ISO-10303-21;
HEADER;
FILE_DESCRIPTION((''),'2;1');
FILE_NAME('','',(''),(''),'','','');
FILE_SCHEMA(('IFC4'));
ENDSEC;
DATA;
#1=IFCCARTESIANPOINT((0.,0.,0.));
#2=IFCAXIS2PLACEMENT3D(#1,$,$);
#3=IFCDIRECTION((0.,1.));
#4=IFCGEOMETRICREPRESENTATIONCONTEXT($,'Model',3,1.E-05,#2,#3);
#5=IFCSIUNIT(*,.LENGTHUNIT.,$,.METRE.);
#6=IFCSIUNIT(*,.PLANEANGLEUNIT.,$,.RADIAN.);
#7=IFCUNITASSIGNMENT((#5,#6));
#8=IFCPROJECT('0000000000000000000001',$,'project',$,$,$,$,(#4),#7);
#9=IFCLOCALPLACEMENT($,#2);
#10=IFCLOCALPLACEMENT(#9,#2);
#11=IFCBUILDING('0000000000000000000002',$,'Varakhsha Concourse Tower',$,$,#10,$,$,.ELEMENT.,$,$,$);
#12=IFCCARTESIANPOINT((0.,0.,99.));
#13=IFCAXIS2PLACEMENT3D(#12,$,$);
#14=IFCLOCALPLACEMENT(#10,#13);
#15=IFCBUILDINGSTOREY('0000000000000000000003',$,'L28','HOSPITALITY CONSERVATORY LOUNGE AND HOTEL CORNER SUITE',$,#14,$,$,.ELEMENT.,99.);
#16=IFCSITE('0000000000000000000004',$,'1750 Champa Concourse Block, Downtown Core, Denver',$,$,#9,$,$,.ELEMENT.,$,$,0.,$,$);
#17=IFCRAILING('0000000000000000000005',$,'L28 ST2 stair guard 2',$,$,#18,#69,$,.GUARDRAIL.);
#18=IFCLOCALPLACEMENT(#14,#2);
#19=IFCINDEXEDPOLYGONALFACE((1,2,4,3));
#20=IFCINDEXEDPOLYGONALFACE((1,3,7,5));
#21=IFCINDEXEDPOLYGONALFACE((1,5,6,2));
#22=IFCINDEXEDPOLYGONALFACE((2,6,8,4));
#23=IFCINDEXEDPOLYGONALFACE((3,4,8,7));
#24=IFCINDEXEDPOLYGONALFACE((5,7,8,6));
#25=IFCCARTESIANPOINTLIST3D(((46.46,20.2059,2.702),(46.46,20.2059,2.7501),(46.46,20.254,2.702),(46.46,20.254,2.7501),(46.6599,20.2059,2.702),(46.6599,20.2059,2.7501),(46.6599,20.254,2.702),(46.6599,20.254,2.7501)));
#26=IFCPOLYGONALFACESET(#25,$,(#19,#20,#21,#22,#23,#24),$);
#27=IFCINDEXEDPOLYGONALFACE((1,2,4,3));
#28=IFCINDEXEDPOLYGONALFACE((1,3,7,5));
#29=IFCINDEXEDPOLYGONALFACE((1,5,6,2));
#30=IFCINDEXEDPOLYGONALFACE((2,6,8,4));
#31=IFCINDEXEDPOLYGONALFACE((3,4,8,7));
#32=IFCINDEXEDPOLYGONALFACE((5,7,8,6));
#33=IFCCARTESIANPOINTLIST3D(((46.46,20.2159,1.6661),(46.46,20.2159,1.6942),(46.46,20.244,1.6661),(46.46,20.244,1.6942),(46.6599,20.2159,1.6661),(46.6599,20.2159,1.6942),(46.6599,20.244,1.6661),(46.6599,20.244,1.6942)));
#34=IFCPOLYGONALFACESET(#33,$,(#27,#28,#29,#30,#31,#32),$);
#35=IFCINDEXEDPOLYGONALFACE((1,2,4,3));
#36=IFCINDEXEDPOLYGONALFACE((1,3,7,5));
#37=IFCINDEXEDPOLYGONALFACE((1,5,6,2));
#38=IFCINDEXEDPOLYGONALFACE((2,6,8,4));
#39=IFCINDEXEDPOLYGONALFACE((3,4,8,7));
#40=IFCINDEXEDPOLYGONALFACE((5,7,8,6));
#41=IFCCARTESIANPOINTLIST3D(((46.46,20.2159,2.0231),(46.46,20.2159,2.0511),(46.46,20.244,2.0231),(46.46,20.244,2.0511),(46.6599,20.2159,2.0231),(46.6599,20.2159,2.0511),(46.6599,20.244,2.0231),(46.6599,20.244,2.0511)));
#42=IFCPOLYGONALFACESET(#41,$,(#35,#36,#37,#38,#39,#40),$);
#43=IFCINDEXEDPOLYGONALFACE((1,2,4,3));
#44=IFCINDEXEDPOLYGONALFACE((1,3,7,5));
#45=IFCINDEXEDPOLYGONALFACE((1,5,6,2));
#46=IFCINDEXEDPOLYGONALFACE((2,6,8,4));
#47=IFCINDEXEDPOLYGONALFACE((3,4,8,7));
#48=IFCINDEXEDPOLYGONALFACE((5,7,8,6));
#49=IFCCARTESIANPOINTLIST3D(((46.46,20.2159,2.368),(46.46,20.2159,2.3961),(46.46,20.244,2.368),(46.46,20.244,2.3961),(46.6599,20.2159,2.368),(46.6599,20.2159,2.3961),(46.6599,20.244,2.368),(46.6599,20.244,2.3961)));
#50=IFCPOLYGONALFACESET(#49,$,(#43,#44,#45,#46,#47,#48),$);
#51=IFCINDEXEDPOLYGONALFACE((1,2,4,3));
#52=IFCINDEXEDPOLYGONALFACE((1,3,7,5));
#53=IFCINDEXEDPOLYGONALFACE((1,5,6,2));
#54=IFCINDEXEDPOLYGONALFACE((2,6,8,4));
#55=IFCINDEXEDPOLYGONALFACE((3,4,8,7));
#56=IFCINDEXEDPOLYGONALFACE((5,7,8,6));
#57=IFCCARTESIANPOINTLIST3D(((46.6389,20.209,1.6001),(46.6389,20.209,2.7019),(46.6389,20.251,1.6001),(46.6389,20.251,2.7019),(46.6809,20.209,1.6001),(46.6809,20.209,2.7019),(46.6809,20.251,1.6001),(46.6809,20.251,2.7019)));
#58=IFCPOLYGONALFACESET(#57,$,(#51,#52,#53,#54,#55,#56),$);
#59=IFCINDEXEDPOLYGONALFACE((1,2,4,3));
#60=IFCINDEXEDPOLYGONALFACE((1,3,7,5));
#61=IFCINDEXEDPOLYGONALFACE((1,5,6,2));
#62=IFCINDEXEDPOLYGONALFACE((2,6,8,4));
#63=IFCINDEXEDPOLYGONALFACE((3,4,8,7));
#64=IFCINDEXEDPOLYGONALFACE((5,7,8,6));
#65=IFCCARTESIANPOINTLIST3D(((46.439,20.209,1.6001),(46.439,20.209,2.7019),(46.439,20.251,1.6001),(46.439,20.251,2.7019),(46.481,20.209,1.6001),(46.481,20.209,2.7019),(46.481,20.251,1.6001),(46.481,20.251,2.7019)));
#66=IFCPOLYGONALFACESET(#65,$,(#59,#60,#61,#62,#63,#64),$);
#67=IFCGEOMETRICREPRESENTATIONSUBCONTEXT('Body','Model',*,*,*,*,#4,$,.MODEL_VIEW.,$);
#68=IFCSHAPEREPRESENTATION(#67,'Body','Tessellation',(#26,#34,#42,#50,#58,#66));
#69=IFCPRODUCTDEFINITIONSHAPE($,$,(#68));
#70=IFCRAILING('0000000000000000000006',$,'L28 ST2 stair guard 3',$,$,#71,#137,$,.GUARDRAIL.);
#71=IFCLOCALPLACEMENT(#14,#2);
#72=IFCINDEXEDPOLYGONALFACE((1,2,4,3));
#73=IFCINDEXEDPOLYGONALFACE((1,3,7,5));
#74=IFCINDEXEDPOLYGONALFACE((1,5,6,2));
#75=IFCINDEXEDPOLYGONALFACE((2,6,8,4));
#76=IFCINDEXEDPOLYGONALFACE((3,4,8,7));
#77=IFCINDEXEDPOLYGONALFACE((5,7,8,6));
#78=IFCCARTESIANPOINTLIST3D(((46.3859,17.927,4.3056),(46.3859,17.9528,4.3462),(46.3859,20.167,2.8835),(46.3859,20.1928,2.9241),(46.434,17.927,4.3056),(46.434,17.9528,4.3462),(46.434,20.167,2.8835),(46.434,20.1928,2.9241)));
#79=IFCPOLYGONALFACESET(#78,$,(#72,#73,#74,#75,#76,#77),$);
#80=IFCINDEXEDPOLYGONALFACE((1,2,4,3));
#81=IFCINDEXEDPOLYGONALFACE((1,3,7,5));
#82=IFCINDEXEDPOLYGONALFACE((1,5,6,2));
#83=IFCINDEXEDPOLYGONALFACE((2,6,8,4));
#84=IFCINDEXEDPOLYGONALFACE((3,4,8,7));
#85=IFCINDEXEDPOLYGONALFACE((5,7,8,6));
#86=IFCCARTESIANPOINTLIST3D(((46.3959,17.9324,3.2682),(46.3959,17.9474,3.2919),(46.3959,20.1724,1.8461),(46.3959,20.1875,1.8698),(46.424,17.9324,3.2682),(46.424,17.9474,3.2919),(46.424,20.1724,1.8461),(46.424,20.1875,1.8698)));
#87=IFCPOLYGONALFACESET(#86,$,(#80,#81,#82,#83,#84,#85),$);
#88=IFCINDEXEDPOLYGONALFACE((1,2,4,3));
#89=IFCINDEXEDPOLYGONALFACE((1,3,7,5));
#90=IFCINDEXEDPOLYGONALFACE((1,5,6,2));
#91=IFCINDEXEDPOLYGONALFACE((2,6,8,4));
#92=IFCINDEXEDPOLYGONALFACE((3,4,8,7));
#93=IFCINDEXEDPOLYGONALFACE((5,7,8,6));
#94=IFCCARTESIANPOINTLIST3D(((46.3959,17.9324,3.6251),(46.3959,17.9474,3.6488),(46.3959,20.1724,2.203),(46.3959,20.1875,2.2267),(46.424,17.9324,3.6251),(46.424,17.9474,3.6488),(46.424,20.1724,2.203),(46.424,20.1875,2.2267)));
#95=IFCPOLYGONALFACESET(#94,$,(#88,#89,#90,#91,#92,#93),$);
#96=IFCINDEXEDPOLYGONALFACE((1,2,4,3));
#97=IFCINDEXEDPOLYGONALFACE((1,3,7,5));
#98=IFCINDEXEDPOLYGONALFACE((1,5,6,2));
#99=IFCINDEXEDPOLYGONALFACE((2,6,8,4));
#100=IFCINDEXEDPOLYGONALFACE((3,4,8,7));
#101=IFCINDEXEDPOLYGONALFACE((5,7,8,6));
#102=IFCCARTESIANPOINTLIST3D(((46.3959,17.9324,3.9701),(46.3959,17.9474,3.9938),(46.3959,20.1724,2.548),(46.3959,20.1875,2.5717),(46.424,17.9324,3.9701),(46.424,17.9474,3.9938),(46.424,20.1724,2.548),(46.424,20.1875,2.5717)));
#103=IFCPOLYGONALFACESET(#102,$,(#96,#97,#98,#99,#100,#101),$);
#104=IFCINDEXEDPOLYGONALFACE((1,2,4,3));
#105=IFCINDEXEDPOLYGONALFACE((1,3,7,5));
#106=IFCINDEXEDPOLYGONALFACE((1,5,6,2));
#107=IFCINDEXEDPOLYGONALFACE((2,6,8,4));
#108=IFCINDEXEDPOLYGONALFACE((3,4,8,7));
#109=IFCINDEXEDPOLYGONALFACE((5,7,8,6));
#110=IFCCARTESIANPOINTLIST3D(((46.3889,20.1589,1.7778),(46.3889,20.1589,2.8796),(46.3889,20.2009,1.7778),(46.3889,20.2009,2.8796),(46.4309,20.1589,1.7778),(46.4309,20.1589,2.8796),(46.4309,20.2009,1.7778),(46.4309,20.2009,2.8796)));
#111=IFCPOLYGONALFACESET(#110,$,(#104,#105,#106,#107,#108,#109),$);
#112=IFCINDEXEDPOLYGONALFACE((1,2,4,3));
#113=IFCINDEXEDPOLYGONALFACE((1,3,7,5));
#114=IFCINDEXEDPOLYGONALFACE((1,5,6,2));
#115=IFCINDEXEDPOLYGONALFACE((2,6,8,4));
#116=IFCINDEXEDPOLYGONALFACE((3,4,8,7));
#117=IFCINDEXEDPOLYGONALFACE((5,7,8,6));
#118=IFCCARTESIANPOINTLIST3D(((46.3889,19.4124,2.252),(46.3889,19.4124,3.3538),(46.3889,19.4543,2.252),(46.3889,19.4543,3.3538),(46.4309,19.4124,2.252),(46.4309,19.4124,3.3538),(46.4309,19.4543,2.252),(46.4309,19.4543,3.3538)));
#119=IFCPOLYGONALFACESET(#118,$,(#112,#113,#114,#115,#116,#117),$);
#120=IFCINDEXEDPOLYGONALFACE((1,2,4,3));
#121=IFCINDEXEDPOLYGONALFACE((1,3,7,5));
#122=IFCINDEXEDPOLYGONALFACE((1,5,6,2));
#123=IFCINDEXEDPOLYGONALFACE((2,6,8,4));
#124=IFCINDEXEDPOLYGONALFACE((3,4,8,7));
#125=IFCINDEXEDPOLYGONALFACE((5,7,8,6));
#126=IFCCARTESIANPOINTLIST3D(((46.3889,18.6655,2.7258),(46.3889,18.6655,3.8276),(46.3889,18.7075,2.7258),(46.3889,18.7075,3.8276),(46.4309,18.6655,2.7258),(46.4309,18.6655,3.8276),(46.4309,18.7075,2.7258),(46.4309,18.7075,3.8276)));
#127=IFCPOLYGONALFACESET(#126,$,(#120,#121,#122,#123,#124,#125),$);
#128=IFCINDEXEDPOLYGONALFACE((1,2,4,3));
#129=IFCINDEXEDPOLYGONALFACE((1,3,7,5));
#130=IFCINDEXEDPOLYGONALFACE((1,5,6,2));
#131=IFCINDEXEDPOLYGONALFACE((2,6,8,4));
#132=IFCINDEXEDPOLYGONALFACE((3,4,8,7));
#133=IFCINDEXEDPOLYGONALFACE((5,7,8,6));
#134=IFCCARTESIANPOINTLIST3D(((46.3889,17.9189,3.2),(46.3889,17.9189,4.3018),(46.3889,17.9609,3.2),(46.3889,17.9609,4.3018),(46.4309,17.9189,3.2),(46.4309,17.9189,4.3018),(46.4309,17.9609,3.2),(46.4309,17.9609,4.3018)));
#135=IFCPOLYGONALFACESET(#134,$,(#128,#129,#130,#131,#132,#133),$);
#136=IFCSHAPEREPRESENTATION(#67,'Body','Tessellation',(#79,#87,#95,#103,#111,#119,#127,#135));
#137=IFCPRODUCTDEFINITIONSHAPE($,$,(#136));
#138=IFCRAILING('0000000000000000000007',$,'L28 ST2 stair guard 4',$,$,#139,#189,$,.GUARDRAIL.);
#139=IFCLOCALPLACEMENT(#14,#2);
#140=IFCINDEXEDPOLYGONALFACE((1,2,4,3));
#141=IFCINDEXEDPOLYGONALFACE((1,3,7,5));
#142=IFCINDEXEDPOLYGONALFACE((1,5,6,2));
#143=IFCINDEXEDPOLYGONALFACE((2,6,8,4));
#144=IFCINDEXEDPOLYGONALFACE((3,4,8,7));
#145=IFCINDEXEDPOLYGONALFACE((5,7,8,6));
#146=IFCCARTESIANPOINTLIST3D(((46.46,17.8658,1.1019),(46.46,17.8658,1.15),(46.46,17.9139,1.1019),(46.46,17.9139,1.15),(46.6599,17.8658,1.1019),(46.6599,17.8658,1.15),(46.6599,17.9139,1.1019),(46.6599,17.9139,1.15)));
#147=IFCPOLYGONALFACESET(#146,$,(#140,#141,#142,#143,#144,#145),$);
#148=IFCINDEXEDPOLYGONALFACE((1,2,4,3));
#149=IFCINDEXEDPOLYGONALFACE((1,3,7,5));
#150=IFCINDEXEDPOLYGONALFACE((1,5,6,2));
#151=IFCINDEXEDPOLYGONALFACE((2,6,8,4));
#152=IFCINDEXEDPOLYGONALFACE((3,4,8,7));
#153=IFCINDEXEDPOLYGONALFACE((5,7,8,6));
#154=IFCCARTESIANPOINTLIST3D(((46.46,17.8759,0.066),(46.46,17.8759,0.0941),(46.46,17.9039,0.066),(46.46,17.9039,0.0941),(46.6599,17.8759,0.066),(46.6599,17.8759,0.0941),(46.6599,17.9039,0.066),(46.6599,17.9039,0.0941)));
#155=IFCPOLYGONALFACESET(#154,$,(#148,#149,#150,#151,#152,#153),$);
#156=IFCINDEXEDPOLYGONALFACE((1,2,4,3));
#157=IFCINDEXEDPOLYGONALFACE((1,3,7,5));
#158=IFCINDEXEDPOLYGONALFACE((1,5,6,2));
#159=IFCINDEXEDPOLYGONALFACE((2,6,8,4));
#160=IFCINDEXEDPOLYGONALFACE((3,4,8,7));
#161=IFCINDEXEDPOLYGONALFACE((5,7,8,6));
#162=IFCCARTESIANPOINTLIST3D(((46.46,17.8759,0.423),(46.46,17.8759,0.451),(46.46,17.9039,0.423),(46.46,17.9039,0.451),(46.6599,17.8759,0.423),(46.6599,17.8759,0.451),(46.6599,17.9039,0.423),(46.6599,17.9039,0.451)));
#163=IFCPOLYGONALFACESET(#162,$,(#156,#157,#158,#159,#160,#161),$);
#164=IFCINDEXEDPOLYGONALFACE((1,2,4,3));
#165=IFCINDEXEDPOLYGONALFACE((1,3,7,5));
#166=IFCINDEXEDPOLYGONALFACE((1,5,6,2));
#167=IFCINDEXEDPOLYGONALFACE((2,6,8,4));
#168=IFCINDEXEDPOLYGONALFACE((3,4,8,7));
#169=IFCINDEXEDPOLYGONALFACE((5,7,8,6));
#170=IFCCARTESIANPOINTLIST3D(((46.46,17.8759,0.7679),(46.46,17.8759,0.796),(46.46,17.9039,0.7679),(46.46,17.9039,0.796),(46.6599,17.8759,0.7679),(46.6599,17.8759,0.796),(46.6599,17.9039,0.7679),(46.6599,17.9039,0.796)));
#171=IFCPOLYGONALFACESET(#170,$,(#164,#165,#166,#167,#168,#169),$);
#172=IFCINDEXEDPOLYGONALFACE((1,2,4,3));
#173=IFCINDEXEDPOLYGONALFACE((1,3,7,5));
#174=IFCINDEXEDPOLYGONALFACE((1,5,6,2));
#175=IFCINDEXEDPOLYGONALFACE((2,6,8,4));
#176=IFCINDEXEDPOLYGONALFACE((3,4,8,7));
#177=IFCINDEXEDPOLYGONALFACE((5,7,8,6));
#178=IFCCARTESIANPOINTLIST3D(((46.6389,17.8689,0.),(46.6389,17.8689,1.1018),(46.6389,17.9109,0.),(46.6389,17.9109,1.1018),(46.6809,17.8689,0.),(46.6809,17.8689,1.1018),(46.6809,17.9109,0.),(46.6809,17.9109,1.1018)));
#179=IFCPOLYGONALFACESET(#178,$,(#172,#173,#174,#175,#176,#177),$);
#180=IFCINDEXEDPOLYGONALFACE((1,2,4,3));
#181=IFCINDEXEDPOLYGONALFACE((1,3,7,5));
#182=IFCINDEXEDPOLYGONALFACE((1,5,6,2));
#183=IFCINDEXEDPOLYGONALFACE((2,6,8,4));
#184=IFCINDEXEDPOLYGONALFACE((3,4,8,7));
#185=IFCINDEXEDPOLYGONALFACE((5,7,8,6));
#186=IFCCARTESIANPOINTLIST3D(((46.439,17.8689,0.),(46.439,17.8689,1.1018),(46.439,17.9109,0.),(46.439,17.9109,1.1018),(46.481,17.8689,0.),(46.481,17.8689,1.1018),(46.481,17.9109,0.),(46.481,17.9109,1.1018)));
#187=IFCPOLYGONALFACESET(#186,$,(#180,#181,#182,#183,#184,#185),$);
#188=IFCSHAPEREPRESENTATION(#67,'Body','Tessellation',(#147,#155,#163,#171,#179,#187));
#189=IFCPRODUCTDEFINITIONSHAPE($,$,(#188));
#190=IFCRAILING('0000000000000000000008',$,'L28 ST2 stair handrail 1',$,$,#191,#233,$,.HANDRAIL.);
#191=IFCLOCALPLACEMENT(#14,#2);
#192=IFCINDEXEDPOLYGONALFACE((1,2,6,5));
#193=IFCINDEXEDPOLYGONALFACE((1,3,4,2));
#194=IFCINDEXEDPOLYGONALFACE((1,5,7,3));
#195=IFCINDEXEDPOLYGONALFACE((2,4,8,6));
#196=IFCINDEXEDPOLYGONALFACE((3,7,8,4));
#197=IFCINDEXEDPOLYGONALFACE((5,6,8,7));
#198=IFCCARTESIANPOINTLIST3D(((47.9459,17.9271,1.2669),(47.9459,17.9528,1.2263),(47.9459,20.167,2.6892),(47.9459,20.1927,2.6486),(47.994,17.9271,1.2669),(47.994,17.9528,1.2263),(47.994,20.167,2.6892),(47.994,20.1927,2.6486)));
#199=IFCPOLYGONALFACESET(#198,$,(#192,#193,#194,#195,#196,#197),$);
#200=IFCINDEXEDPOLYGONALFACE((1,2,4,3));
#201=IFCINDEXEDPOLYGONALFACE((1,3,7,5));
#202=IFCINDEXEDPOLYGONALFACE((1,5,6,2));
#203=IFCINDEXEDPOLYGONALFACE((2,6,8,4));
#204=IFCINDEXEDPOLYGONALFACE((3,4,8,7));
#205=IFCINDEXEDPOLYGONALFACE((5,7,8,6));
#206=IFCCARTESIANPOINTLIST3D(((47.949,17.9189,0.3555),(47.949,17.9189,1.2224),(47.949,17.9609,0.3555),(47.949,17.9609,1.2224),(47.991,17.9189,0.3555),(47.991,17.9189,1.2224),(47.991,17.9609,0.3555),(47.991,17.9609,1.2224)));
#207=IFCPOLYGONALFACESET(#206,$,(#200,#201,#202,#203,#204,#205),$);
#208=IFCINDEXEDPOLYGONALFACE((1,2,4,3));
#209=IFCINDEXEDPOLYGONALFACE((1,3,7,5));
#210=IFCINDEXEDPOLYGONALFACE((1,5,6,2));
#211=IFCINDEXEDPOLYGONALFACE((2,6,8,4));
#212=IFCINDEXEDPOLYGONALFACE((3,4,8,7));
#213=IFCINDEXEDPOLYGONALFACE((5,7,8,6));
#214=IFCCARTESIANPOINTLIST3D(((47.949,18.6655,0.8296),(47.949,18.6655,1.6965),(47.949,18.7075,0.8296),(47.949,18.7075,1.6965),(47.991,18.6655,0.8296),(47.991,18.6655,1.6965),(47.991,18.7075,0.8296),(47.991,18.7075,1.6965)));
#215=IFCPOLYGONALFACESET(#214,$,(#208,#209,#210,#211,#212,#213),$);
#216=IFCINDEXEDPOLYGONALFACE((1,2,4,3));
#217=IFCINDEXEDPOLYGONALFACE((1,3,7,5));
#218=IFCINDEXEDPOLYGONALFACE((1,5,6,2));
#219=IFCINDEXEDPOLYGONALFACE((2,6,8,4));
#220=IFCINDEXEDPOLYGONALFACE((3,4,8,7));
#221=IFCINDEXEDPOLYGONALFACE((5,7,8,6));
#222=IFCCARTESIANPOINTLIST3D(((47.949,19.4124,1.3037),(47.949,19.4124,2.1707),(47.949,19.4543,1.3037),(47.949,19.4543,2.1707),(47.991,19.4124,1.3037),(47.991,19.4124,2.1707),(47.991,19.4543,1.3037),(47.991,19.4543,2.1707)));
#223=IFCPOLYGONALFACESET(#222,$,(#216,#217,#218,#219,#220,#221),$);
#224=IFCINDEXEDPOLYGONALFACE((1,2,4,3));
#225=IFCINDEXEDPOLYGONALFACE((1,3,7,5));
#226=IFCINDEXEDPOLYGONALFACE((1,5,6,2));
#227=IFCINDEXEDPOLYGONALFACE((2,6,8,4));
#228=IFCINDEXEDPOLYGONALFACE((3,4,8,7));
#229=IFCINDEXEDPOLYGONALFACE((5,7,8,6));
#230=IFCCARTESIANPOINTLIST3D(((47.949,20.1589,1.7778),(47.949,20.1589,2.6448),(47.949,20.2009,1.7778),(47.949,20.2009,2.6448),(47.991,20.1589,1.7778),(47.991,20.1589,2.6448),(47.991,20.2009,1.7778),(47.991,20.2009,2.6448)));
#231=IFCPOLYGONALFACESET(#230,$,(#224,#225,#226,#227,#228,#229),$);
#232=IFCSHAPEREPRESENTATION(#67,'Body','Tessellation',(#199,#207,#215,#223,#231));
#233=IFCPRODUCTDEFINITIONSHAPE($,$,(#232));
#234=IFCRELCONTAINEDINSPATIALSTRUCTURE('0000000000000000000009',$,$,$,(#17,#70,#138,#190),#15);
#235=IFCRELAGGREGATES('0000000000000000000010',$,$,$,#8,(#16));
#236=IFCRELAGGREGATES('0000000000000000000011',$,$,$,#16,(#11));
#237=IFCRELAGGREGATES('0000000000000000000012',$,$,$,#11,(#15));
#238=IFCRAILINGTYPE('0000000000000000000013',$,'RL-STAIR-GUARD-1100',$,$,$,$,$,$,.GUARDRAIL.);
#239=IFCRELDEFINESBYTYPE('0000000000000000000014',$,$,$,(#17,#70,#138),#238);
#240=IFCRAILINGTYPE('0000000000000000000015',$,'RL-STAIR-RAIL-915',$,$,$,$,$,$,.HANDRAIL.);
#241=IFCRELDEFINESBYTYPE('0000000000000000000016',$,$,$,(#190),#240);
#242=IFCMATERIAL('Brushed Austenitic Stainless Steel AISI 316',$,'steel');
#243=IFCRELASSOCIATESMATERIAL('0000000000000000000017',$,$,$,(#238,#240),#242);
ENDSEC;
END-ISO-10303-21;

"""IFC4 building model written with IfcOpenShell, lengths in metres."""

from ifc_helpers import new_model, si_unit, direction, frame, origin, origin_2d, place, context, subcontext, project, spatial, rectangle, extrude, material, type_object, element, save


model = new_model("IFC4")

# Units and contexts
model_context = context("Model", 3, precision=1e-05, world=origin(), true_north=direction((0.0, 1.0)))
body_context = subcontext(model_context, "Body", "Model", "MODEL_VIEW")
ifc_project = project(units=[si_unit("LENGTHUNIT", "METRE"), si_unit("PLANEANGLEUNIT", "RADIAN")], contexts=[model_context])

# Site, building, storey
site_placement = place(None, origin())
site = spatial("IfcSite", under=ifc_project, at=site_placement, Name="1750 Champa Concourse Block, Downtown Core, Denver", CompositionType="ELEMENT", RefElevation=0.0)
building_placement = place(site_placement, origin())
building = spatial("IfcBuilding", under=site, at=building_placement, Name="Varakhsha Concourse Tower", CompositionType="ELEMENT")
storey_placement = place(building_placement, frame((0.0, 0.0, 99.0)))
storey = spatial("IfcBuildingStorey", under=building, at=storey_placement, Name="L28", Description="HOSPITALITY CONSERVATORY LOUNGE AND HOTEL CORNER SUITE", CompositionType="ELEMENT", Elevation=99.0)

# Railings
ifc_material_1 = material(Name="Brushed Austenitic Stainless Steel AISI 316", Category="steel")
railing_type_1 = type_object("IfcRailingType", Name="RL-STAIR-GUARD-1100", PredefinedType="GUARDRAIL", material=ifc_material_1)
railing_1_placement = place(storey_placement, frame((46.6599, 20.23, 1.6001)))
element("IfcRailing", 1, at=railing_1_placement, inside=storey, type_object=railing_type_1, Name="L28 ST2 stair guard 2", PredefinedType="GUARDRAIL", context=body_context, shape_type="SweptSolid", body=[
    extrude(rectangle(XDim=0.0481, YDim=0.0481, at=origin_2d()), frame((0.0, 0.0, 1.126), z_axis=(-1.0, 0.0, 0.0), x_axis=(0.0, -1.0, 0.0)), (0.0, 0.0, 1.0), 0.2),
    extrude(rectangle(XDim=0.0281, YDim=0.0281, at=origin_2d()), frame((0.0, 0.0, 0.0801), z_axis=(-1.0, 0.0, 0.0), x_axis=(0.0, -1.0, 0.0)), (0.0, 0.0, 1.0), 0.2),
    extrude(rectangle(XDim=0.0281, YDim=0.0281, at=origin_2d()), frame((0.0, 0.0, 0.437), z_axis=(-1.0, 0.0, 0.0), x_axis=(0.0, -1.0, 0.0)), (0.0, 0.0, 1.0), 0.2),
    extrude(rectangle(XDim=0.0281, YDim=0.0281, at=origin_2d()), frame((0.0, 0.0, 0.782), z_axis=(-1.0, 0.0, 0.0), x_axis=(0.0, -1.0, 0.0)), (0.0, 0.0, 1.0), 0.2),
    extrude(rectangle(XDim=0.042, YDim=0.042, at=origin_2d()), origin(), (0.0, 0.0, 1.0), 1.1018),
    extrude(rectangle(XDim=0.042, YDim=0.042, at=origin_2d()), frame((-0.2, 0.0, 0.0)), (0.0, 0.0, 1.0), 1.1018),
])
railing_2_placement = place(storey_placement, frame((46.4099, 20.1799, 1.7778)))
element("IfcRailing", 2, at=railing_2_placement, inside=storey, type_object=railing_type_1, Name="L28 ST2 stair guard 3", PredefinedType="GUARDRAIL", context=body_context, shape_type="SweptSolid", body=[
    extrude(rectangle(XDim=0.0481, YDim=0.0481, at=origin_2d()), frame((0.0, 0.0, 1.126), z_axis=(0.0, -0.844229, 0.535982), x_axis=(1.0, 0.0, 0.0)), (0.0, 0.0, 1.0), 2.6533),
    extrude(rectangle(XDim=0.0281, YDim=0.0281, at=origin_2d()), frame((0.0, 0.0, 0.0801), z_axis=(0.0, -0.844229, 0.535982), x_axis=(1.0, 0.0, 0.0)), (0.0, 0.0, 1.0), 2.6533),
    extrude(rectangle(XDim=0.0281, YDim=0.0281, at=origin_2d()), frame((0.0, 0.0, 0.437), z_axis=(0.0, -0.844229, 0.535982), x_axis=(1.0, 0.0, 0.0)), (0.0, 0.0, 1.0), 2.6533),
    extrude(rectangle(XDim=0.0281, YDim=0.0281, at=origin_2d()), frame((0.0, 0.0, 0.782), z_axis=(0.0, -0.844229, 0.535982), x_axis=(1.0, 0.0, 0.0)), (0.0, 0.0, 1.0), 2.6533),
    extrude(rectangle(XDim=0.042, YDim=0.042, at=origin_2d()), origin(), (0.0, 0.0, 1.0), 1.1018),
    extrude(rectangle(XDim=0.042, YDim=0.042, at=origin_2d()), frame((0.0, -0.7466, 0.4741)), (0.0, 0.0, 1.0), 1.1018),
    extrude(rectangle(XDim=0.042, YDim=0.042, at=origin_2d()), frame((0.0, -1.4934, 0.948)), (0.0, 0.0, 1.0), 1.1018),
    extrude(rectangle(XDim=0.042, YDim=0.042, at=origin_2d()), frame((0.0, -2.24, 1.4221)), (0.0, 0.0, 1.0), 1.1018),
])
railing_3_placement = place(storey_placement, frame((46.6599, 17.8899, 0.0)))
element("IfcRailing", 3, at=railing_3_placement, inside=storey, type_object=railing_type_1, Name="L28 ST2 stair guard 4", PredefinedType="GUARDRAIL", context=body_context, shape_type="SweptSolid", body=[
    extrude(rectangle(XDim=0.0481, YDim=0.0481, at=origin_2d()), frame((0.0, 0.0, 1.126), z_axis=(-1.0, 0.0, 0.0), x_axis=(0.0, -1.0, 0.0)), (0.0, 0.0, 1.0), 0.2),
    extrude(rectangle(XDim=0.0281, YDim=0.0281, at=origin_2d()), frame((0.0, 0.0, 0.0801), z_axis=(-1.0, 0.0, 0.0), x_axis=(0.0, -1.0, 0.0)), (0.0, 0.0, 1.0), 0.2),
    extrude(rectangle(XDim=0.0281, YDim=0.0281, at=origin_2d()), frame((0.0, 0.0, 0.437), z_axis=(-1.0, 0.0, 0.0), x_axis=(0.0, -1.0, 0.0)), (0.0, 0.0, 1.0), 0.2),
    extrude(rectangle(XDim=0.0281, YDim=0.0281, at=origin_2d()), frame((0.0, 0.0, 0.782), z_axis=(-1.0, 0.0, 0.0), x_axis=(0.0, -1.0, 0.0)), (0.0, 0.0, 1.0), 0.2),
    extrude(rectangle(XDim=0.042, YDim=0.042, at=origin_2d()), origin(), (0.0, 0.0, 1.0), 1.1018),
    extrude(rectangle(XDim=0.042, YDim=0.042, at=origin_2d()), frame((-0.2, 0.0, 0.0)), (0.0, 0.0, 1.0), 1.1018),
])
railing_type_2 = type_object("IfcRailingType", Name="RL-STAIR-RAIL-915", PredefinedType="HANDRAIL", material=ifc_material_1)
railing_4_placement = place(storey_placement, frame((47.97, 17.9399, 0.3555)))
element("IfcRailing", 4, at=railing_4_placement, inside=storey, type_object=railing_type_2, Name="L28 ST2 stair handrail 1", PredefinedType="HANDRAIL", context=body_context, shape_type="SweptSolid", body=[
    extrude(rectangle(XDim=0.0481, YDim=0.0481, at=origin_2d()), frame((0.0, 0.0, 0.8911), z_axis=(0.0, 0.844188, 0.536048), x_axis=(-1.0, 0.0, 0.0)), (0.0, 0.0, 1.0), 2.6533),
    extrude(rectangle(XDim=0.042, YDim=0.042, at=origin_2d()), origin(), (0.0, 0.0, 1.0), 0.8669),
    extrude(rectangle(XDim=0.042, YDim=0.042, at=origin_2d()), frame((0.0, 0.7466, 0.4741)), (0.0, 0.0, 1.0), 0.8669),
    extrude(rectangle(XDim=0.042, YDim=0.042, at=origin_2d()), frame((0.0, 1.4934, 0.9482)), (0.0, 0.0, 1.0), 0.8669),
    extrude(rectangle(XDim=0.042, YDim=0.042, at=origin_2d()), frame((0.0, 2.24, 1.4224)), (0.0, 0.0, 1.0), 0.8669),
])

save(model, "model.ifc")
